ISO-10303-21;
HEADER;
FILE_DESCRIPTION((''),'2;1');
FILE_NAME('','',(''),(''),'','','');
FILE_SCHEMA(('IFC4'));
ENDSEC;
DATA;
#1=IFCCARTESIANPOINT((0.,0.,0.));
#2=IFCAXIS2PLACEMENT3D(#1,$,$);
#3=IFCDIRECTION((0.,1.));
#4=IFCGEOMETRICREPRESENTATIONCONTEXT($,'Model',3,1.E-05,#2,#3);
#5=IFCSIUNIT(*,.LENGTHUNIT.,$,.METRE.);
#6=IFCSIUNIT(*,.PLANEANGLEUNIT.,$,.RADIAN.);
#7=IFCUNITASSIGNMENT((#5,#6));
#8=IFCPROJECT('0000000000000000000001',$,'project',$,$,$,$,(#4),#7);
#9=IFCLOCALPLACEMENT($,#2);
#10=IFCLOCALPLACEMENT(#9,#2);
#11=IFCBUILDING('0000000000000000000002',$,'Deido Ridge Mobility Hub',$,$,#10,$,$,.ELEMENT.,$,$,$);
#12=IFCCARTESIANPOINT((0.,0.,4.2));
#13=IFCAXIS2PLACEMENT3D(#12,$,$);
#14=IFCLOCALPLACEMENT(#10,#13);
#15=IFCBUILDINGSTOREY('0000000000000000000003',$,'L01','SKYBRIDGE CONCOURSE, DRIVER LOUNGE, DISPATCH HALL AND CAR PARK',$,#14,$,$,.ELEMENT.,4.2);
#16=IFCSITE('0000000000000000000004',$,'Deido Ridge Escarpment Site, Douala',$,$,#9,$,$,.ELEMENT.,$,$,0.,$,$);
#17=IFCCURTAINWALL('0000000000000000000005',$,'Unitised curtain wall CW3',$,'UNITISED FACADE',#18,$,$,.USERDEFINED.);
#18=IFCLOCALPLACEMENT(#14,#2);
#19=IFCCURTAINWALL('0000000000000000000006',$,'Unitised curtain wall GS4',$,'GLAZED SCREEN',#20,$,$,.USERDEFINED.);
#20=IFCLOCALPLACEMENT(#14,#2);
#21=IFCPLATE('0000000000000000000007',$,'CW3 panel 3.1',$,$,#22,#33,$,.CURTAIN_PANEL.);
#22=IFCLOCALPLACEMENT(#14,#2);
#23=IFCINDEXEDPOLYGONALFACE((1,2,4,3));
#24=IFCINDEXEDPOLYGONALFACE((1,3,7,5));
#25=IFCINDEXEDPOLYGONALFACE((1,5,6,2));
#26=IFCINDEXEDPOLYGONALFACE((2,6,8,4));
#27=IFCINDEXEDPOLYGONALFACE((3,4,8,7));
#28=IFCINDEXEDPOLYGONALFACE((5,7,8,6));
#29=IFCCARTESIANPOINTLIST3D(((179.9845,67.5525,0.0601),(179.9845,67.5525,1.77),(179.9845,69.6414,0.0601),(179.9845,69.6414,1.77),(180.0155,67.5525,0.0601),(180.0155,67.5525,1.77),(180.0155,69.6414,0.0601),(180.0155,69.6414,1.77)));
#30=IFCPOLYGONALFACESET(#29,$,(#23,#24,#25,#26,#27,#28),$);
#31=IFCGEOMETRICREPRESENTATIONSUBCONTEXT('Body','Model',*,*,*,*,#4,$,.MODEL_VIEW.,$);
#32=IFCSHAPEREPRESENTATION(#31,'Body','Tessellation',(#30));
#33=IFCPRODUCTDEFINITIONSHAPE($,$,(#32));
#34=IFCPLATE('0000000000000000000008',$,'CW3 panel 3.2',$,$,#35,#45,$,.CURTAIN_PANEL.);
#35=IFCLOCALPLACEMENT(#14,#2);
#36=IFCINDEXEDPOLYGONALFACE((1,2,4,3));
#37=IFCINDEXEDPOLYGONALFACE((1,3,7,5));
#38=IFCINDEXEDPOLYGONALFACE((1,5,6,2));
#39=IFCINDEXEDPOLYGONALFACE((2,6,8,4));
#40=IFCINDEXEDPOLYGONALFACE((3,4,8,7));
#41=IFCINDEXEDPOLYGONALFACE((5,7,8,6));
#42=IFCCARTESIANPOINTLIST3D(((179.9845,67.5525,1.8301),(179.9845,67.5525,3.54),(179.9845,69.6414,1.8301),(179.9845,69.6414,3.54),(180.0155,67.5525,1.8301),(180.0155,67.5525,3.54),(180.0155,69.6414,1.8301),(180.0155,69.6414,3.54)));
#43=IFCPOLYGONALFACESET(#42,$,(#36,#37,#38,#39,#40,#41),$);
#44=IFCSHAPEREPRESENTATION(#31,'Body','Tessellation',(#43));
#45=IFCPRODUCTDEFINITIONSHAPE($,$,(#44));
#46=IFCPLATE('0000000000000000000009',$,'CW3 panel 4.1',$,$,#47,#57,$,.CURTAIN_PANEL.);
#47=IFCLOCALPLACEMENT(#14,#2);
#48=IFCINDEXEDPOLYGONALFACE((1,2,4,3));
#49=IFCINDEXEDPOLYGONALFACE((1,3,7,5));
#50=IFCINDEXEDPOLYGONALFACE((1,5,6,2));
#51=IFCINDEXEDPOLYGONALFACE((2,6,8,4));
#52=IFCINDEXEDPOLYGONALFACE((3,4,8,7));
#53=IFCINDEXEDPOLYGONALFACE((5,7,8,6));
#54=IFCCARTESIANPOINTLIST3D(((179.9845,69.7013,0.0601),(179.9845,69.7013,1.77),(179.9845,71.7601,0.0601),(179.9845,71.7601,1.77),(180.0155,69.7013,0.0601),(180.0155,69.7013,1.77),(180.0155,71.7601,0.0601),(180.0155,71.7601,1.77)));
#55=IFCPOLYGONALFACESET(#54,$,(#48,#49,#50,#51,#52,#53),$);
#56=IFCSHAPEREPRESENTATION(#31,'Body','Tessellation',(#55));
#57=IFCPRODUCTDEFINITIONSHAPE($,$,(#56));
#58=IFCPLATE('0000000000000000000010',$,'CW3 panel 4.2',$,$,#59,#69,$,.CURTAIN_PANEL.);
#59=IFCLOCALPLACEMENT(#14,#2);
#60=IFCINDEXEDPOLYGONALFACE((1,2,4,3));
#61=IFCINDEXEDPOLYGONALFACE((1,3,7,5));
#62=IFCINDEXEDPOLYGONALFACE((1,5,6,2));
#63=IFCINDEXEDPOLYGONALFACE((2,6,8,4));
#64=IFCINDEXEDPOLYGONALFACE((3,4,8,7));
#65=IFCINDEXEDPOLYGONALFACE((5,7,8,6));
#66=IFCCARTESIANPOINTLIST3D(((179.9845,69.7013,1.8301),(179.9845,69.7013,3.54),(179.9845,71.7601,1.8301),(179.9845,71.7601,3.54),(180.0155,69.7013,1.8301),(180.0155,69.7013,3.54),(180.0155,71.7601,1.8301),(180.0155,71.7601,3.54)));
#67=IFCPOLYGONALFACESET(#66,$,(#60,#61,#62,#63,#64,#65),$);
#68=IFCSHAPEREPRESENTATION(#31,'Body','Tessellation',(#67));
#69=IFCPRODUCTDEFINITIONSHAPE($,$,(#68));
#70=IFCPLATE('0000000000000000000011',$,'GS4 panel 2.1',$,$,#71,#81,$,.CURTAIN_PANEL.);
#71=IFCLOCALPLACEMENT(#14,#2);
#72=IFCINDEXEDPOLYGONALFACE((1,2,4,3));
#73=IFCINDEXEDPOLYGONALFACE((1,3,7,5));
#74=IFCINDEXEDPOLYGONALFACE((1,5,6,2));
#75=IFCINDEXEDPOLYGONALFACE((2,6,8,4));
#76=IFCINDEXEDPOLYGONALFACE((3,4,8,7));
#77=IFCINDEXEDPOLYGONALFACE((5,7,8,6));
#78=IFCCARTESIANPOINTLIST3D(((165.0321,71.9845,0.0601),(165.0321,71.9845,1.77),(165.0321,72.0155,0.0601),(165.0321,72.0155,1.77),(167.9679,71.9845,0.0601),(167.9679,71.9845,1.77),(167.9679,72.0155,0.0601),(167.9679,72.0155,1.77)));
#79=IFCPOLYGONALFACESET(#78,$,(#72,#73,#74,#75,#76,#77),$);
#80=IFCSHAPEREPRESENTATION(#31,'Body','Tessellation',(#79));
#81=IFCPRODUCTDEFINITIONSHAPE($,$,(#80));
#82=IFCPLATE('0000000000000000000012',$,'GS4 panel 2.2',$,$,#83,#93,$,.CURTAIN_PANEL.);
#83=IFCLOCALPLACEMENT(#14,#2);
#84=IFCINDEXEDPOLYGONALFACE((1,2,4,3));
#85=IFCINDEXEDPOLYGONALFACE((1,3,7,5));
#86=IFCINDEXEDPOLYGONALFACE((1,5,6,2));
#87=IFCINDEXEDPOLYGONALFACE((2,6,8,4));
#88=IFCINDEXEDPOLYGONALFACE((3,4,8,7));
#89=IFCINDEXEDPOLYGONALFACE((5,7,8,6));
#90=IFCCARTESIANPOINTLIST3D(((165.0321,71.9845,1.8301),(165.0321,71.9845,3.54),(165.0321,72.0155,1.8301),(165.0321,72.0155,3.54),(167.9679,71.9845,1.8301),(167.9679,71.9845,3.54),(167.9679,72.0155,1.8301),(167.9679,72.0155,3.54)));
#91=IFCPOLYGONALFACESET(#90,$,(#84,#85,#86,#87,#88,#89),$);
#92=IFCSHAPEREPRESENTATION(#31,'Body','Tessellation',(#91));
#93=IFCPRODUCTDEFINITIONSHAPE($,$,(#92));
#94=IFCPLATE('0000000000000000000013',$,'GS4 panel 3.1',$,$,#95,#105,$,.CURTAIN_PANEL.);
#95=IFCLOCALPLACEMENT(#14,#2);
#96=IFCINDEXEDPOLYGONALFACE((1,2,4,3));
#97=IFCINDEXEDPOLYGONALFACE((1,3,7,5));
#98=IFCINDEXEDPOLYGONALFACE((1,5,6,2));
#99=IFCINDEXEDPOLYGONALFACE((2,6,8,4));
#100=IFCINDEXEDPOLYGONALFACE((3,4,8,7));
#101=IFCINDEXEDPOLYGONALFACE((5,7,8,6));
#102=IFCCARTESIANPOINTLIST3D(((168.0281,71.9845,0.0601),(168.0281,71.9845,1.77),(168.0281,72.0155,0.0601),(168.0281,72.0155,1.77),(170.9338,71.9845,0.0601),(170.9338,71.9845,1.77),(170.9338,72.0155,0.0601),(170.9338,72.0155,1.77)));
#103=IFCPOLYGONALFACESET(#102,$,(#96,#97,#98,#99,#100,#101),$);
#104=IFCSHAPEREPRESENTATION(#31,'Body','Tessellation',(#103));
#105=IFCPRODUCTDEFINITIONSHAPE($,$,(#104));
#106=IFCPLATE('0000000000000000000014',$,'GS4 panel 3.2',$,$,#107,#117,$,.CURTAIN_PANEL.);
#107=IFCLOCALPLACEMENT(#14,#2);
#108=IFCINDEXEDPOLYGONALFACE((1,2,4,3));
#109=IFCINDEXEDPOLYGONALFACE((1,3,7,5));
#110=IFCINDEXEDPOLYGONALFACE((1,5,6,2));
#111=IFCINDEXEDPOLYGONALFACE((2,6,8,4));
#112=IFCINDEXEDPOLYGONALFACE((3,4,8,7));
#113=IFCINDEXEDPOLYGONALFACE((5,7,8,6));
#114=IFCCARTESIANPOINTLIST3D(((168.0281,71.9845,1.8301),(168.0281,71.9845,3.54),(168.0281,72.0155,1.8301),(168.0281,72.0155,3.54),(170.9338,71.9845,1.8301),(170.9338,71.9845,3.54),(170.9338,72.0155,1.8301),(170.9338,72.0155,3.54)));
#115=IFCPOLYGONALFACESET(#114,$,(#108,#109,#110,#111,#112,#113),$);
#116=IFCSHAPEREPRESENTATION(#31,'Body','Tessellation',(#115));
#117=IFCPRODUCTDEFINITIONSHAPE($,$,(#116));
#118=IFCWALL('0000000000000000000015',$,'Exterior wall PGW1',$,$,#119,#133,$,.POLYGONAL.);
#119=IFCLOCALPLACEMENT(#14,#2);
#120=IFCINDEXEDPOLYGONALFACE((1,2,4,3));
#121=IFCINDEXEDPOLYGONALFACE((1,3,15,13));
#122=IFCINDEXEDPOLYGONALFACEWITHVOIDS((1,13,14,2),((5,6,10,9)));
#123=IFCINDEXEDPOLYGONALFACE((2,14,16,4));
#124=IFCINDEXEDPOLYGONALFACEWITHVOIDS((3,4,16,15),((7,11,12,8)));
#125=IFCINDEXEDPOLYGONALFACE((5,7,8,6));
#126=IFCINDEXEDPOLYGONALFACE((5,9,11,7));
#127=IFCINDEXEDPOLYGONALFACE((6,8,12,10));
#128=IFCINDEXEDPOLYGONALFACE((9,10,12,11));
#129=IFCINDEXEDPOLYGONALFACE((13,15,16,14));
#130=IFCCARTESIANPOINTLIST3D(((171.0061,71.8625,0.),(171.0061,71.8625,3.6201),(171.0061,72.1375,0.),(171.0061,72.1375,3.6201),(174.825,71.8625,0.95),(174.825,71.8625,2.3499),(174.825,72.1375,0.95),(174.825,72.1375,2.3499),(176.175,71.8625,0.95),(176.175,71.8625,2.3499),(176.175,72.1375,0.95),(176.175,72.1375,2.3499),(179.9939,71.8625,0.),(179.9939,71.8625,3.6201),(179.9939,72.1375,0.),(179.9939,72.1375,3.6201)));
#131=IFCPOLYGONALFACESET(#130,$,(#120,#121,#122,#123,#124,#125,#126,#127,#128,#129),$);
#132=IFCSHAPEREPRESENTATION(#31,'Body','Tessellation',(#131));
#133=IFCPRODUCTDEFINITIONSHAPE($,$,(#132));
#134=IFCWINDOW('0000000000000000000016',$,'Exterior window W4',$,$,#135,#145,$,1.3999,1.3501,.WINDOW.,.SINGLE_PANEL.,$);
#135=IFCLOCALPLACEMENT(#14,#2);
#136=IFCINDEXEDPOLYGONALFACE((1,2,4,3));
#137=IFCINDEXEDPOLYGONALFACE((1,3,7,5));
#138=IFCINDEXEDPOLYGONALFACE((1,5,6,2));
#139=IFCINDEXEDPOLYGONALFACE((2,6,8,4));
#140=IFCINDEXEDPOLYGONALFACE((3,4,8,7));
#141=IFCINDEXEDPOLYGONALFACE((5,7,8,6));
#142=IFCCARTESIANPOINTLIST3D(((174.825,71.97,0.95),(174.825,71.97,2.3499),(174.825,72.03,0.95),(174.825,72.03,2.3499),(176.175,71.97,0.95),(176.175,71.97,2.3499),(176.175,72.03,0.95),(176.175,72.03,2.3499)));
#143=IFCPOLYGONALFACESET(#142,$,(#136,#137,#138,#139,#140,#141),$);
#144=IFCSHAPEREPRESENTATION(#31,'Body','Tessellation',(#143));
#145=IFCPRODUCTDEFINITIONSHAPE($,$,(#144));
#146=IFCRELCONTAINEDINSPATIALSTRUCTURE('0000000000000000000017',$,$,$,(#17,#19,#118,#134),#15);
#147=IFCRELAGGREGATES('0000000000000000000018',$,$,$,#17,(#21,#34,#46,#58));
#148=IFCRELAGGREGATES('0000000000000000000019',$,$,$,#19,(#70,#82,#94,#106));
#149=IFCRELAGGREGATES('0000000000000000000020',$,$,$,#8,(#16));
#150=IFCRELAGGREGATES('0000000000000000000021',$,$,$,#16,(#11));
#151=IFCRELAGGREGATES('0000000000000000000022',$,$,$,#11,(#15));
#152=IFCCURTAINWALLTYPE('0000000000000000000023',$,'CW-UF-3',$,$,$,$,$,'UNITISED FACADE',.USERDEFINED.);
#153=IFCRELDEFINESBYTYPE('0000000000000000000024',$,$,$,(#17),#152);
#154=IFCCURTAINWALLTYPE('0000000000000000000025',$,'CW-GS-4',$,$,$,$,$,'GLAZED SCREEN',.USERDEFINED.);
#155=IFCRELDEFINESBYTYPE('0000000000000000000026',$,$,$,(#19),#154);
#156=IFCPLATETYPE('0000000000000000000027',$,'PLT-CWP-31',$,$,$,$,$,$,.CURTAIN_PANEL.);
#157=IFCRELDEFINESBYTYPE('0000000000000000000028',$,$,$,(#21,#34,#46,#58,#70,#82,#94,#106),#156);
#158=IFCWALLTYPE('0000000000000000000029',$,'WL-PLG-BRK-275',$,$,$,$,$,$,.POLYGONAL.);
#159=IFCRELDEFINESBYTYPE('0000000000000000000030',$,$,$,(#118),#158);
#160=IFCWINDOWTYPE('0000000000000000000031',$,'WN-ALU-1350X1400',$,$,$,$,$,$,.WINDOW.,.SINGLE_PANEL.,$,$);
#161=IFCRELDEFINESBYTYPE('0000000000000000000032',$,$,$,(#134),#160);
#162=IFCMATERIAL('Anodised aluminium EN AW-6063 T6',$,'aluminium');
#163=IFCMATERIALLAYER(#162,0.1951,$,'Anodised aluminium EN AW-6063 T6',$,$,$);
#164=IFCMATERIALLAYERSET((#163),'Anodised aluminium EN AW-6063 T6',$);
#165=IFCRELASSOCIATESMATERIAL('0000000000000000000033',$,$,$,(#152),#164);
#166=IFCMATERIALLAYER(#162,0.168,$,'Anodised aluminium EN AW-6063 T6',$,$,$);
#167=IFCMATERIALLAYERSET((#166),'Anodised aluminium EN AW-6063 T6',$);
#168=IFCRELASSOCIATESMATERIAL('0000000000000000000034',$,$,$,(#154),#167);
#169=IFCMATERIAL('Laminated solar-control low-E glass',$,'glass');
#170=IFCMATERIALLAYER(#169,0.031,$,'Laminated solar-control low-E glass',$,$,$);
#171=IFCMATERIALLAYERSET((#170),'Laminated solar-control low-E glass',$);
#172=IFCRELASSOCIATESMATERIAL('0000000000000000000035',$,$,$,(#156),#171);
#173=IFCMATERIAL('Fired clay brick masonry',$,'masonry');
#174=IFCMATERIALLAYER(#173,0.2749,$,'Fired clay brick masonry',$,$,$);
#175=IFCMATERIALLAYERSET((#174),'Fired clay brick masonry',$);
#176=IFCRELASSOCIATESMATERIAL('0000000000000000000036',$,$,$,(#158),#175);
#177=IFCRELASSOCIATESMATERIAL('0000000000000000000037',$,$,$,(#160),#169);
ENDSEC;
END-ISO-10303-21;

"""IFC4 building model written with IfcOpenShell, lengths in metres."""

from ifc_helpers import new_model, si_unit, direction, frame, frame_2d, origin, origin_2d, place, context, subcontext, project, spatial, rectangle, extrude, material, layer, layer_set, type_object, element, fill, aggregate, save


model = new_model("IFC4")

# Units and contexts
model_context = context("Model", 3, precision=1e-05, world=origin(), true_north=direction((0.0, 1.0)))
body_context = subcontext(model_context, "Body", "Model", "MODEL_VIEW")
ifc_project = project(units=[si_unit("LENGTHUNIT", "METRE"), si_unit("PLANEANGLEUNIT", "RADIAN")], contexts=[model_context])

# Site, building, storey
site_placement = place(None, origin())
site = spatial("IfcSite", under=ifc_project, at=site_placement, Name="Deido Ridge Escarpment Site, Douala", CompositionType="ELEMENT", RefElevation=0.0)
building_placement = place(site_placement, origin())
building = spatial("IfcBuilding", under=site, at=building_placement, Name="Deido Ridge Mobility Hub", CompositionType="ELEMENT")
storey_placement = place(building_placement, frame((0.0, 0.0, 4.2)))
storey = spatial("IfcBuildingStorey", under=building, at=storey_placement, Name="L01", Description="SKYBRIDGE CONCOURSE, DRIVER LOUNGE, DISPATCH HALL AND CAR PARK", CompositionType="ELEMENT", Elevation=4.2)

# Curtain walls
ifc_material_1 = material(Name="Anodised aluminium EN AW-6063 T6", Category="aluminium")
ifc_layer_1 = layer(ifc_material_1, 0.1951, Name="Anodised aluminium EN AW-6063 T6")
ifc_layer_set_1 = layer_set([ifc_layer_1], Name="Anodised aluminium EN AW-6063 T6")
curtain_wall_type_1 = type_object("IfcCurtainWallType", Name="CW-UF-3", ElementType="UNITISED FACADE", PredefinedType="USERDEFINED", material=ifc_layer_set_1)
curtain_wall_1_placement = place(storey_placement, origin())
curtain_wall_1 = element("IfcCurtainWall", 1, at=curtain_wall_1_placement, inside=storey, type_object=curtain_wall_type_1, Name="Unitised curtain wall CW3", ObjectType="UNITISED FACADE", PredefinedType="USERDEFINED")
ifc_layer_2 = layer(ifc_material_1, 0.168, Name="Anodised aluminium EN AW-6063 T6")
ifc_layer_set_2 = layer_set([ifc_layer_2], Name="Anodised aluminium EN AW-6063 T6")
curtain_wall_type_2 = type_object("IfcCurtainWallType", Name="CW-GS-4", ElementType="GLAZED SCREEN", PredefinedType="USERDEFINED", material=ifc_layer_set_2)
curtain_wall_2_placement = place(storey_placement, origin())
curtain_wall_2 = element("IfcCurtainWall", 2, at=curtain_wall_2_placement, inside=storey, type_object=curtain_wall_type_2, Name="Unitised curtain wall GS4", ObjectType="GLAZED SCREEN", PredefinedType="USERDEFINED")

# Plates
ifc_material_2 = material(Name="Laminated solar-control low-E glass", Category="glass")
ifc_layer_3 = layer(ifc_material_2, 0.031, Name="Laminated solar-control low-E glass")
ifc_layer_set_3 = layer_set([ifc_layer_3], Name="Laminated solar-control low-E glass")
plate_type = type_object("IfcPlateType", Name="PLT-CWP-31", PredefinedType="CURTAIN_PANEL", material=ifc_layer_set_3)
plate_1_placement = place(storey_placement, frame((180.0, 68.5969, 0.0601), z_axis=(0.0, 0.0, 1.0), x_axis=(0.0, 1.0, 0.0)))
plate_1 = element("IfcPlate", 3, at=plate_1_placement, type_object=plate_type, Name="CW3 panel 3.1", PredefinedType="CURTAIN_PANEL", context=body_context, shape_type="SweptSolid", body=[
    extrude(rectangle(XDim=2.0889, YDim=0.031, at=origin_2d()), origin(), (0.0, 0.0, 1.0), 1.71),
])
plate_2_placement = place(storey_placement, frame((180.0, 68.5969, 1.8301), z_axis=(0.0, 0.0, 1.0), x_axis=(0.0, 1.0, 0.0)))
plate_2 = element("IfcPlate", 4, at=plate_2_placement, type_object=plate_type, Name="CW3 panel 3.2", PredefinedType="CURTAIN_PANEL", context=body_context, shape_type="SweptSolid", body=[
    extrude(rectangle(XDim=2.0889, YDim=0.031, at=origin_2d()), origin(), (0.0, 0.0, 1.0), 1.71),
])
plate_3_placement = place(storey_placement, frame((180.0, 70.7307, 0.0601), z_axis=(0.0, 0.0, 1.0), x_axis=(0.0, 1.0, 0.0)))
plate_3 = element("IfcPlate", 5, at=plate_3_placement, type_object=plate_type, Name="CW3 panel 4.1", PredefinedType="CURTAIN_PANEL", context=body_context, shape_type="SweptSolid", body=[
    extrude(rectangle(XDim=2.0588, YDim=0.031, at=origin_2d()), origin(), (0.0, 0.0, 1.0), 1.71),
])
plate_4_placement = place(storey_placement, frame((180.0, 70.7307, 1.8301), z_axis=(0.0, 0.0, 1.0), x_axis=(0.0, 1.0, 0.0)))
plate_4 = element("IfcPlate", 6, at=plate_4_placement, type_object=plate_type, Name="CW3 panel 4.2", PredefinedType="CURTAIN_PANEL", context=body_context, shape_type="SweptSolid", body=[
    extrude(rectangle(XDim=2.0588, YDim=0.031, at=origin_2d()), origin(), (0.0, 0.0, 1.0), 1.71),
])
aggregate(curtain_wall_1, [plate_1, plate_2, plate_3, plate_4])
plate_5_placement = place(storey_placement, frame((166.5, 72.0, 0.0601), z_axis=(0.0, 0.0, 1.0), x_axis=(1.0, 0.0, 0.0)))
plate_5 = element("IfcPlate", 7, at=plate_5_placement, type_object=plate_type, Name="GS4 panel 2.1", PredefinedType="CURTAIN_PANEL", context=body_context, shape_type="SweptSolid", body=[
    extrude(rectangle(XDim=2.9358, YDim=0.031, at=origin_2d()), origin(), (0.0, 0.0, 1.0), 1.71),
])
plate_6_placement = place(storey_placement, frame((166.5, 72.0, 1.8301), z_axis=(0.0, 0.0, 1.0), x_axis=(1.0, 0.0, 0.0)))
plate_6 = element("IfcPlate", 8, at=plate_6_placement, type_object=plate_type, Name="GS4 panel 2.2", PredefinedType="CURTAIN_PANEL", context=body_context, shape_type="SweptSolid", body=[
    extrude(rectangle(XDim=2.9358, YDim=0.031, at=origin_2d()), origin(), (0.0, 0.0, 1.0), 1.71),
])
plate_7_placement = place(storey_placement, frame((169.481, 72.0, 0.0601), z_axis=(0.0, 0.0, 1.0), x_axis=(1.0, 0.0, 0.0)))
plate_7 = element("IfcPlate", 9, at=plate_7_placement, type_object=plate_type, Name="GS4 panel 3.1", PredefinedType="CURTAIN_PANEL", context=body_context, shape_type="SweptSolid", body=[
    extrude(rectangle(XDim=2.9058, YDim=0.031, at=origin_2d()), origin(), (0.0, 0.0, 1.0), 1.71),
])
plate_8_placement = place(storey_placement, frame((169.481, 72.0, 1.8301), z_axis=(0.0, 0.0, 1.0), x_axis=(1.0, 0.0, 0.0)))
plate_8 = element("IfcPlate", 10, at=plate_8_placement, type_object=plate_type, Name="GS4 panel 3.2", PredefinedType="CURTAIN_PANEL", context=body_context, shape_type="SweptSolid", body=[
    extrude(rectangle(XDim=2.9058, YDim=0.031, at=origin_2d()), origin(), (0.0, 0.0, 1.0), 1.71),
])
aggregate(curtain_wall_2, [plate_5, plate_6, plate_7, plate_8])

# Wall, opening, window
ifc_material_3 = material(Name="Fired clay brick masonry", Category="masonry")
ifc_layer_4 = layer(ifc_material_3, 0.2749, Name="Fired clay brick masonry")
ifc_layer_set_4 = layer_set([ifc_layer_4], Name="Fired clay brick masonry")
wall_type = type_object("IfcWallType", Name="WL-PLG-BRK-275", PredefinedType="POLYGONAL", material=ifc_layer_set_4)
wall_placement = place(storey_placement, frame((171.0061, 72.0, 0.0), z_axis=(0.0, 0.0, 1.0), x_axis=(1.0, 0.0, 0.0)))
wall = element("IfcWall", 11, at=wall_placement, inside=storey, type_object=wall_type, Name="Exterior wall PGW1", PredefinedType="POLYGONAL", context=body_context, shape_type="SweptSolid", body=[
    extrude(rectangle(XDim=8.9878, YDim=0.2749, at=frame_2d((4.4939, 0.0))), origin(), (0.0, 0.0, 1.0), 3.6201),
])
opening_placement = place(wall_placement, frame((3.8188, 0.0, 0.95)))
opening = element("IfcOpeningElement", 12, at=opening_placement, cuts=wall, PredefinedType="OPENING", context=body_context, shape_type="SweptSolid", body=[
    extrude(rectangle(XDim=1.3501, YDim=1.3999, at=frame_2d((0.675, 0.7))), frame((0.0, 0.1475, 0.0), z_axis=(0.0, -1.0, 0.0), x_axis=(1.0, 0.0, 0.0)), (0.0, 0.0, 1.0), 0.2949),
])
window_type = type_object("IfcWindowType", Name="WN-ALU-1350X1400", PartitioningType="SINGLE_PANEL", PredefinedType="WINDOW", material=ifc_material_2)
window_placement = place(opening_placement, origin())
window = element("IfcWindow", 13, at=window_placement, inside=storey, type_object=window_type, Name="Exterior window W4", OverallHeight=1.3999, OverallWidth=1.3501, PartitioningType="SINGLE_PANEL", PredefinedType="WINDOW", context=body_context, shape_type="SweptSolid", body=[
    extrude(rectangle(XDim=1.3501, YDim=1.3999, at=frame_2d((0.675, 0.7))), frame((0.0, 0.03, 0.0), z_axis=(0.0, -1.0, 0.0), x_axis=(1.0, 0.0, 0.0)), (0.0, 0.0, 1.0), 0.0601),
])
fill(opening, window)

save(model, "model.ifc")
